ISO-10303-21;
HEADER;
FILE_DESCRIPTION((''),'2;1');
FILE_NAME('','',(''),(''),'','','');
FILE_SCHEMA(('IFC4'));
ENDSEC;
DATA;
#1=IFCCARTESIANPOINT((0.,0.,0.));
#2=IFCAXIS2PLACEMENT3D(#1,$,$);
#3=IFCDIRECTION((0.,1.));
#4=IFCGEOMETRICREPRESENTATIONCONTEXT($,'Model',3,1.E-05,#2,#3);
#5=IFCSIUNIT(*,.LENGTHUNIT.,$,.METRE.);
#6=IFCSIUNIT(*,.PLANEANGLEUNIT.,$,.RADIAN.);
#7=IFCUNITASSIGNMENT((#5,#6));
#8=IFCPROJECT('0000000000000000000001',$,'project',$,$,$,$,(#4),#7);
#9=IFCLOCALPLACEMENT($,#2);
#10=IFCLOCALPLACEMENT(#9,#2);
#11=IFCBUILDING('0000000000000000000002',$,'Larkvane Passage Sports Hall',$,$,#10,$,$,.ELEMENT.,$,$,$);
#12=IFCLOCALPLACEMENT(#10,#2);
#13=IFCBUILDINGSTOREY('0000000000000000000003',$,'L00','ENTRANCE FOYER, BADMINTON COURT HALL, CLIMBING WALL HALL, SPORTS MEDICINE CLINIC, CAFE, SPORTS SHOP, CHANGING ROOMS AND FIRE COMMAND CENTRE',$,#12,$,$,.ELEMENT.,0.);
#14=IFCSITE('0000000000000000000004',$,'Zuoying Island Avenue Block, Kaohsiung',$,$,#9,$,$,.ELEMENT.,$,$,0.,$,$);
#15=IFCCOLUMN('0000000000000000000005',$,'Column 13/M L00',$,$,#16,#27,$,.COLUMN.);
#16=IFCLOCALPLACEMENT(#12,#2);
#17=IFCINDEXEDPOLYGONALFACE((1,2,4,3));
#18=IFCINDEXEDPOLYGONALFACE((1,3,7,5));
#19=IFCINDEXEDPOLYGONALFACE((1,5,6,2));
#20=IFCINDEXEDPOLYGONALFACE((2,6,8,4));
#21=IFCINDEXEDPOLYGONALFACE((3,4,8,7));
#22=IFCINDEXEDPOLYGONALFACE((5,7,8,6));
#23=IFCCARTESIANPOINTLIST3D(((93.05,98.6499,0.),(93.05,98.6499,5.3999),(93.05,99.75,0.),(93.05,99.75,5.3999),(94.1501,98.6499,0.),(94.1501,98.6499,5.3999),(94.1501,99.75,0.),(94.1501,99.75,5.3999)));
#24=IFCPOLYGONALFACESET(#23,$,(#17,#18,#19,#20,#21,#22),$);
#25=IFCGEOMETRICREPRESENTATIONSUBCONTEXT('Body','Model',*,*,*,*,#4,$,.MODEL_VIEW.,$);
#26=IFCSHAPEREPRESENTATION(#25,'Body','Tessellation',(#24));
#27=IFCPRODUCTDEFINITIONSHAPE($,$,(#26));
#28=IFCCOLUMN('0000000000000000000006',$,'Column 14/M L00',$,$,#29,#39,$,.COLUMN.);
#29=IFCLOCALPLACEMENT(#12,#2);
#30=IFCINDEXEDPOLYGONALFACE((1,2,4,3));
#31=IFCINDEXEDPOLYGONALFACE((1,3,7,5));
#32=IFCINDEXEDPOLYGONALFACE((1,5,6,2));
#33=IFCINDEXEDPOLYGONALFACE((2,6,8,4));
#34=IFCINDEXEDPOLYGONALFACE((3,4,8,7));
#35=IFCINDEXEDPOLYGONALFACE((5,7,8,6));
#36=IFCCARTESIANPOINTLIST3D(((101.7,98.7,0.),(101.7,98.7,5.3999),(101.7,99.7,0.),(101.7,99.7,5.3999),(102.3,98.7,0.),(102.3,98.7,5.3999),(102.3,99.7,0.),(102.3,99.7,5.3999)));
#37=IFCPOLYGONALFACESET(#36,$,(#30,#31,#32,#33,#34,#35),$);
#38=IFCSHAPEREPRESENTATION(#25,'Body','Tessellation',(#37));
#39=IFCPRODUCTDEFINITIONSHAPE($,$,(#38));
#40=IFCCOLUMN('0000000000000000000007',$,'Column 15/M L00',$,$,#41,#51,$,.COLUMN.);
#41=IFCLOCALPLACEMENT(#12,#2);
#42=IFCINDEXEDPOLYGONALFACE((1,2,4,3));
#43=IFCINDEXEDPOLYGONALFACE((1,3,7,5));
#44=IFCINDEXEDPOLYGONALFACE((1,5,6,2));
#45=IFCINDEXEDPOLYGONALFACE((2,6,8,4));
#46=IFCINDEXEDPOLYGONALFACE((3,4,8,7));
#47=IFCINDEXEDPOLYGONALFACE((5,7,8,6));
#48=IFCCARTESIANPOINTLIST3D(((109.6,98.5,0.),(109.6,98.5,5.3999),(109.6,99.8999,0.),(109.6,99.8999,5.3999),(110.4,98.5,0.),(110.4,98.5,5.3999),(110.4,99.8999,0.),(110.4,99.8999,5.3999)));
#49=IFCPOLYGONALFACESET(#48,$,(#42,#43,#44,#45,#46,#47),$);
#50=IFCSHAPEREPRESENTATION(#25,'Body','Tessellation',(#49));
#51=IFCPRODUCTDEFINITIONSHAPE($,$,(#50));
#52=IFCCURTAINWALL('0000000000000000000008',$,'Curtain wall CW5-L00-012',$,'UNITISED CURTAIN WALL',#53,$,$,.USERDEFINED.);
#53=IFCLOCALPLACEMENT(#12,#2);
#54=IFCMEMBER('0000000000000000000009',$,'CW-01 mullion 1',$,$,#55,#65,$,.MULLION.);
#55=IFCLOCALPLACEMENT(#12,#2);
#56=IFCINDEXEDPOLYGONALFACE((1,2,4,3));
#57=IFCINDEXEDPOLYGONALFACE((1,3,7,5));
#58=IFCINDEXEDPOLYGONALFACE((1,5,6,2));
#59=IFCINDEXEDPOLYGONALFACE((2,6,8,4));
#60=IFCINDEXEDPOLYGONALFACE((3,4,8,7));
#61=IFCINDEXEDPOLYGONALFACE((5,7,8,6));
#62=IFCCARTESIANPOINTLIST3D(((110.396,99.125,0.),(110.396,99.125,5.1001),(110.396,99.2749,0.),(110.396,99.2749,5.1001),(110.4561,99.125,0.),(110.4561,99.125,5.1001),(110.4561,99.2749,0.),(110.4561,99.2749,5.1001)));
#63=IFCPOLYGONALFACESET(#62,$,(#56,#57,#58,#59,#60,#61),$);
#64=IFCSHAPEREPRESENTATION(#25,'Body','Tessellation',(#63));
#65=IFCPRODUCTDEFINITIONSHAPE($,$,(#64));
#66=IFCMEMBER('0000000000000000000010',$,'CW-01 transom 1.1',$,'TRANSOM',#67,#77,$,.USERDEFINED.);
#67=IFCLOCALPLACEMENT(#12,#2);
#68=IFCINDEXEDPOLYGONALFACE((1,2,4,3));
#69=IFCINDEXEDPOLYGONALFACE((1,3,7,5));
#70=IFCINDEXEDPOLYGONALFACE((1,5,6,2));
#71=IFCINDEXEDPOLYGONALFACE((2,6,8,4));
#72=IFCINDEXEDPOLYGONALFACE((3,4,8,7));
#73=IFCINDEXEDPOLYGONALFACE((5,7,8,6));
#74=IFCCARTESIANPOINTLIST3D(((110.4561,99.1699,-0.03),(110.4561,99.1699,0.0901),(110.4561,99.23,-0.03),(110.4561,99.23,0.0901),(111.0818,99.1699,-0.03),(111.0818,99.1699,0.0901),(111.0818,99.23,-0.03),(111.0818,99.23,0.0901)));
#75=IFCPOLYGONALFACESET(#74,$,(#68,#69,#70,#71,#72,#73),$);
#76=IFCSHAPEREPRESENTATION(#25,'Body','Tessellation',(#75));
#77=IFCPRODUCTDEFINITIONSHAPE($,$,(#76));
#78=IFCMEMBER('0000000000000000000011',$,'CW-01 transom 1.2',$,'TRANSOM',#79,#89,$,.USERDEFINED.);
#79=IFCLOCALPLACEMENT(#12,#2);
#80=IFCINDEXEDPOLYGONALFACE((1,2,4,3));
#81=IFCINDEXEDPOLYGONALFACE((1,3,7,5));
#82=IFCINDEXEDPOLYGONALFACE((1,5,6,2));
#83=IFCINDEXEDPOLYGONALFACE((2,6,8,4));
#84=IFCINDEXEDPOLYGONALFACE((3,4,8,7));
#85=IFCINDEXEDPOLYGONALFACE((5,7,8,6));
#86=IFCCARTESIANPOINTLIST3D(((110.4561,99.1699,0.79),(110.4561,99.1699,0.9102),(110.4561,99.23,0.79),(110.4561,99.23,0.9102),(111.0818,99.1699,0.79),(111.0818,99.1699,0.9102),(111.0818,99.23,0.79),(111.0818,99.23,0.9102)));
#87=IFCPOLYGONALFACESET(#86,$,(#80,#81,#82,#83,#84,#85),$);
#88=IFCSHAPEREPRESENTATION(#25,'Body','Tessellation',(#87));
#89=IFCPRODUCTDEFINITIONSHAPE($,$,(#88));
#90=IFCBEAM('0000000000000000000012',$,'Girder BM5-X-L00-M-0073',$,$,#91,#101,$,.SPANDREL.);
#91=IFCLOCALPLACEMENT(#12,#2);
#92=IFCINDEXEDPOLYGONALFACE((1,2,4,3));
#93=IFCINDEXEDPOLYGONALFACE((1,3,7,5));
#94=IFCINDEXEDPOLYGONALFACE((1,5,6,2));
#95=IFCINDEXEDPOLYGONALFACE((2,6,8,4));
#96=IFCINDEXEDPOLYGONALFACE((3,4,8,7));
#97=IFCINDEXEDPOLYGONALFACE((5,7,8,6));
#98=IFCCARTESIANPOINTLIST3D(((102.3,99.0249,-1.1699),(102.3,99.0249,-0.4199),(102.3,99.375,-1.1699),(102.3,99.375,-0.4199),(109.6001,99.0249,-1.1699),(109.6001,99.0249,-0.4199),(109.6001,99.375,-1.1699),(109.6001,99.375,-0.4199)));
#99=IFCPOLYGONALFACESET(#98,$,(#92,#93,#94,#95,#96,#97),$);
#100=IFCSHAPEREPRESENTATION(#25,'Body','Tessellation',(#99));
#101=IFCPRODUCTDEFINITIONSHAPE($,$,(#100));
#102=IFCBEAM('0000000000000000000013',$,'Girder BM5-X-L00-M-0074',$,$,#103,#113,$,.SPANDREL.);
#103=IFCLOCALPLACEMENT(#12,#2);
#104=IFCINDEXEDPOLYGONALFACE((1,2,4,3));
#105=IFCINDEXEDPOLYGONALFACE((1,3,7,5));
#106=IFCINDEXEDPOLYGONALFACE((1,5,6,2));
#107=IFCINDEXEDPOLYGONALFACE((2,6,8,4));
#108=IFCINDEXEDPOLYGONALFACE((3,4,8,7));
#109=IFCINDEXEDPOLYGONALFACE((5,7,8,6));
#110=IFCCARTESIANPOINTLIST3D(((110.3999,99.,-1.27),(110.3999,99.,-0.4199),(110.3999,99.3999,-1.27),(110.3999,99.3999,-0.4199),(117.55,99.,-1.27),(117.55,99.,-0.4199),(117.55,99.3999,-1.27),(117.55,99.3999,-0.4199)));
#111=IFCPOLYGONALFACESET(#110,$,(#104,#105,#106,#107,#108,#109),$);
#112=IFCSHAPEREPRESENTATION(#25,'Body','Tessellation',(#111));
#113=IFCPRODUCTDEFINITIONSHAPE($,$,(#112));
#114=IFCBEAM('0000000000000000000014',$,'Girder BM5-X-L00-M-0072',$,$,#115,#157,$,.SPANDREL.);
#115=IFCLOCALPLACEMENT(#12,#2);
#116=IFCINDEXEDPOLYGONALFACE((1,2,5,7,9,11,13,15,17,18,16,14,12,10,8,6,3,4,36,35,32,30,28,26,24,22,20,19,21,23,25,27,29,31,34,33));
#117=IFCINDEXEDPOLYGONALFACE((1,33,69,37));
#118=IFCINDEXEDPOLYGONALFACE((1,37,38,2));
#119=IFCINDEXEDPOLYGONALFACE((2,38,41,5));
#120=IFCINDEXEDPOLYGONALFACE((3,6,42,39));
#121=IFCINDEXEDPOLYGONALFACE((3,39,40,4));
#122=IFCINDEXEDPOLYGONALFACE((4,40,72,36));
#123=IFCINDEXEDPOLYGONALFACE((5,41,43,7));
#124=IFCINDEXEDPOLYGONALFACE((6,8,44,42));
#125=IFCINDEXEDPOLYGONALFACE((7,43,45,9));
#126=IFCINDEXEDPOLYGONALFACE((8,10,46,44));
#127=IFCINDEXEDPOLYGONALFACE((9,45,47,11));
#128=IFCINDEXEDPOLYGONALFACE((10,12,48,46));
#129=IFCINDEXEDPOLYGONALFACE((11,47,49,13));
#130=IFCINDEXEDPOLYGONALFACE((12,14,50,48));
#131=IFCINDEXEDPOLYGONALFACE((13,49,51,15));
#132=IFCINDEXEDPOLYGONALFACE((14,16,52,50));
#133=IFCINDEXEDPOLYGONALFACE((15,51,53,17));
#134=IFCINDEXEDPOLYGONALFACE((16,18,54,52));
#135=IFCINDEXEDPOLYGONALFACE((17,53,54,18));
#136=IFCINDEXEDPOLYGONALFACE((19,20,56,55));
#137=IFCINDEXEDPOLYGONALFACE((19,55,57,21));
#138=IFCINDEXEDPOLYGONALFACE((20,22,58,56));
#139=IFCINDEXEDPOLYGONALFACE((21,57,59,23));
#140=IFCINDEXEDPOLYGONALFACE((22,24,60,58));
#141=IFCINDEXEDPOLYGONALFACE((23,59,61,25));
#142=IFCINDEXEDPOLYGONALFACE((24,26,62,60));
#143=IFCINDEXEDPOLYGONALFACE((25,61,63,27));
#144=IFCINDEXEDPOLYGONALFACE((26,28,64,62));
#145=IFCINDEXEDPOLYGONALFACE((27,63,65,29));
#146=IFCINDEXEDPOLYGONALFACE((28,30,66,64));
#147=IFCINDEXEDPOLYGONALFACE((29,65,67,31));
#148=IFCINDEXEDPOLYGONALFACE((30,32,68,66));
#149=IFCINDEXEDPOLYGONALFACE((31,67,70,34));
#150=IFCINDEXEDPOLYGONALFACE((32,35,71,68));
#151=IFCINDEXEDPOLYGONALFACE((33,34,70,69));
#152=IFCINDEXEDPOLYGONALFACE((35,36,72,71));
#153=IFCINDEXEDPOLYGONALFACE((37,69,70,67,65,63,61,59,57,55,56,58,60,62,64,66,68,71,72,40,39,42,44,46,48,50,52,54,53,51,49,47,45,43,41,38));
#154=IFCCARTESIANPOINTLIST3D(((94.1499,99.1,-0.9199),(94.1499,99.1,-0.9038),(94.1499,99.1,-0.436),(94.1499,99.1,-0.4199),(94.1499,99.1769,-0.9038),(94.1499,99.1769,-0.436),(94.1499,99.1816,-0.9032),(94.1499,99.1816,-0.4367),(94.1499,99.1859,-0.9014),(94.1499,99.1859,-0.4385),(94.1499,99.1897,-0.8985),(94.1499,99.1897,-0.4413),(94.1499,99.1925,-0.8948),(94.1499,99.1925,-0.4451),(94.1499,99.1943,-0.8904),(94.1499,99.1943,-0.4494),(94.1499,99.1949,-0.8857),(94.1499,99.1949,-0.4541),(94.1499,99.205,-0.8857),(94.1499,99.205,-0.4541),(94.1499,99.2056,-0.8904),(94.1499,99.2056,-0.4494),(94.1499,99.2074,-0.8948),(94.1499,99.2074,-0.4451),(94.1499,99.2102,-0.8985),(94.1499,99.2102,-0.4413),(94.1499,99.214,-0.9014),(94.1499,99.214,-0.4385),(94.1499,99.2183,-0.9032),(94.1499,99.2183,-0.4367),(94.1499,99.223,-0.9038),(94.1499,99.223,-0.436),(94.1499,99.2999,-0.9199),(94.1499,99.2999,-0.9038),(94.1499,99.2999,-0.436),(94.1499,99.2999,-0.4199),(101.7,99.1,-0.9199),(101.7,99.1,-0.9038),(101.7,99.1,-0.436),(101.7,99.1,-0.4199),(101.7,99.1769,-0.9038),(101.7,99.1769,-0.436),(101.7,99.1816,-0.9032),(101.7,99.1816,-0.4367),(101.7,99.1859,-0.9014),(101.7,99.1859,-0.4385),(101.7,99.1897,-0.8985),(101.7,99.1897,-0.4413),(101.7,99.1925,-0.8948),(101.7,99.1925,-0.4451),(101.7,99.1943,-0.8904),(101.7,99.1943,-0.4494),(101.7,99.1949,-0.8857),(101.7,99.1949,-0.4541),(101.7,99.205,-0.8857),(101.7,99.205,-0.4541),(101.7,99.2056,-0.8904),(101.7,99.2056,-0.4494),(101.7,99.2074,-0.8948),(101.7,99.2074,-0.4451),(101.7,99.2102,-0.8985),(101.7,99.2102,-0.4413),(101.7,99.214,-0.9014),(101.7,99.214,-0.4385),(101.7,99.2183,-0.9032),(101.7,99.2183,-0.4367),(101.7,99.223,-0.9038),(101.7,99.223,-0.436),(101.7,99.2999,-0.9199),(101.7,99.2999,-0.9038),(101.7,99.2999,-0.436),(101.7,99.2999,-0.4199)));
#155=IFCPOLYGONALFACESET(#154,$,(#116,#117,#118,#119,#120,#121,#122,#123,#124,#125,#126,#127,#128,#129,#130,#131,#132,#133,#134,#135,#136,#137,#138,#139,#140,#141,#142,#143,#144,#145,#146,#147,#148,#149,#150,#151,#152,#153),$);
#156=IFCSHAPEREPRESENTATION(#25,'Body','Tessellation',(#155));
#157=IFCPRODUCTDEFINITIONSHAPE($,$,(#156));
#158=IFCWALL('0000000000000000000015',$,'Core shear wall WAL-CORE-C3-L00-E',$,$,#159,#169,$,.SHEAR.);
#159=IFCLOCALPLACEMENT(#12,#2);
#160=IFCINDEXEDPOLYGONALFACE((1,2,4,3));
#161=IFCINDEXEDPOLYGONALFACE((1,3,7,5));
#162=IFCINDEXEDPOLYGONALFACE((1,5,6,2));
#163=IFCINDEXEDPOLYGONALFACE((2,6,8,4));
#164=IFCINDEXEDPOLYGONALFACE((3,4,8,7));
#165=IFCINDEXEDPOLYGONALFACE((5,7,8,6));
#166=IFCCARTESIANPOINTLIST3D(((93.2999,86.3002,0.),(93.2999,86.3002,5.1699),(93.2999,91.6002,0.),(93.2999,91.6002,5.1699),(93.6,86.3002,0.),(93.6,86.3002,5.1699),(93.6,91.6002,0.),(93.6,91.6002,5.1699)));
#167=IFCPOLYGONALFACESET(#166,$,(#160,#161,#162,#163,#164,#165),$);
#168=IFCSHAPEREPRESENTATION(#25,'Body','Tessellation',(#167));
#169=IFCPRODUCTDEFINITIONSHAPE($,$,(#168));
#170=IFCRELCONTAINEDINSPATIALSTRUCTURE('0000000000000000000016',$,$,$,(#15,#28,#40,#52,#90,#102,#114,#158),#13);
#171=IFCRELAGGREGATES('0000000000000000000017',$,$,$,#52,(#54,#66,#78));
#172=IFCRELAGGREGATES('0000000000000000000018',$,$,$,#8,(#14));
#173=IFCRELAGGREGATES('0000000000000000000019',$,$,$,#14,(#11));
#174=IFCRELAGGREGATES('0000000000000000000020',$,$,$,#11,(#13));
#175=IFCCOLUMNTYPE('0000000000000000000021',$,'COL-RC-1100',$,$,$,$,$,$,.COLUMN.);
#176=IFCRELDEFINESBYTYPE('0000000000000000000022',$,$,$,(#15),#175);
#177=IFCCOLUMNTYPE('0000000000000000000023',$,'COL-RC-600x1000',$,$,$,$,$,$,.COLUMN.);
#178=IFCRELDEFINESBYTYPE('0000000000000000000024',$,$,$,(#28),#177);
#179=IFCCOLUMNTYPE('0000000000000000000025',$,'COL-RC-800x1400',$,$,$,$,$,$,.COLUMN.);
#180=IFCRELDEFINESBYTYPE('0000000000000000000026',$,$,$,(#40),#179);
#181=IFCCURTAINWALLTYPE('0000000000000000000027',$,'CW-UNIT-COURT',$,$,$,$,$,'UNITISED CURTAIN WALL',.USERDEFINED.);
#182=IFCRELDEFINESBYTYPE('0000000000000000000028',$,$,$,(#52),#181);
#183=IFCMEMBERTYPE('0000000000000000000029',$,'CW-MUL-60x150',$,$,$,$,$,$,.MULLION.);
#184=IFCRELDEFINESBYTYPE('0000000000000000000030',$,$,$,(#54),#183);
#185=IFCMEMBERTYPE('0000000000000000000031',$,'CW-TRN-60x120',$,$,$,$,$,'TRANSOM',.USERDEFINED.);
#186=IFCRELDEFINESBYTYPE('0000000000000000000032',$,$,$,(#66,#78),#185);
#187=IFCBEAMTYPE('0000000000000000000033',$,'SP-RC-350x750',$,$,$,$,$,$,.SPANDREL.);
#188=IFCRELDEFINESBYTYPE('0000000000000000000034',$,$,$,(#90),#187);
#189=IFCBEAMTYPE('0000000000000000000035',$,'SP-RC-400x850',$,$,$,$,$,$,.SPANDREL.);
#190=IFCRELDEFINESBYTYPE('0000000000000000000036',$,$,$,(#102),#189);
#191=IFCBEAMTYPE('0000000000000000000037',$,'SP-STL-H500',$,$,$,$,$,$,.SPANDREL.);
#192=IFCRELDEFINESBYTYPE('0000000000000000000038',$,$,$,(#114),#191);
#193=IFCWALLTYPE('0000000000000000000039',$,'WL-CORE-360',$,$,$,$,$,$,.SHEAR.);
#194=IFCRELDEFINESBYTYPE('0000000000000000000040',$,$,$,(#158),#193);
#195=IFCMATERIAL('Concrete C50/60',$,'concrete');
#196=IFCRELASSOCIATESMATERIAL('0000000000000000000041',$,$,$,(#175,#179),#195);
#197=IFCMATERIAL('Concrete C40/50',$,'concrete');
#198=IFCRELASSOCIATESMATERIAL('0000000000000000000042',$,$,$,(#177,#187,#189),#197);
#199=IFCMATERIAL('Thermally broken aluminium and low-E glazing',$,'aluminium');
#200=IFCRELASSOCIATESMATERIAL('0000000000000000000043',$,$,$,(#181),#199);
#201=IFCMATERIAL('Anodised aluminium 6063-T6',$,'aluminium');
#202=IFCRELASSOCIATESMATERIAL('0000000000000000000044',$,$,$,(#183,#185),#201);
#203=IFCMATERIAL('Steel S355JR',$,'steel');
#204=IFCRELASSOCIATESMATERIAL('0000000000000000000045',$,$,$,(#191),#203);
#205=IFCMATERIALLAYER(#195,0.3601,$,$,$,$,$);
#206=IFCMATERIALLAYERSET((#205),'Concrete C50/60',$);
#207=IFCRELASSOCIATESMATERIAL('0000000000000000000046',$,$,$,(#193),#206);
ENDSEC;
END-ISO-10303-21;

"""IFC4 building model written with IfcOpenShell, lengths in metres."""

from ifc_helpers import new_model, si_unit, direction, frame, frame_2d, origin, origin_2d, place, context, subcontext, project, spatial, rectangle, i_section, extrude, material, layer, layer_set, material_profile, profile_set, type_object, element, aggregate, save


model = new_model("IFC4")

# Units and contexts
model_context = context("Model", 3, precision=1e-05, world=origin(), true_north=direction((0.0, 1.0)))
body_context = subcontext(model_context, "Body", "Model", "MODEL_VIEW")
ifc_project = project(units=[si_unit("LENGTHUNIT", "METRE"), si_unit("PLANEANGLEUNIT", "RADIAN")], contexts=[model_context])

# Site, building, storey
site_placement = place(None, origin())
site = spatial("IfcSite", under=ifc_project, at=site_placement, Name="Zuoying Island Avenue Block, Kaohsiung", CompositionType="ELEMENT", RefElevation=0.0)
building_placement = place(site_placement, origin())
building = spatial("IfcBuilding", under=site, at=building_placement, Name="Larkvane Passage Sports Hall", CompositionType="ELEMENT")
storey_placement = place(building_placement, origin())
storey = spatial("IfcBuildingStorey", under=building, at=storey_placement, Name="L00", Description="ENTRANCE FOYER, BADMINTON COURT HALL, CLIMBING WALL HALL, SPORTS MEDICINE CLINIC, CAFE, SPORTS SHOP, CHANGING ROOMS AND FIRE COMMAND CENTRE", CompositionType="ELEMENT", Elevation=0.0)

# Columns
ifc_material_1 = material(Name="Concrete C50/60", Category="concrete")
ifc_material_profile_1 = material_profile(ifc_material_1, rectangle(XDim=1.1001, YDim=1.1001, at=origin_2d()), Name="RC-COL-1100x1100")
ifc_profile_set_1 = profile_set([ifc_material_profile_1], Name="Concrete C50/60")
column_type_1 = type_object("IfcColumnType", Name="COL-RC-1100", PredefinedType="COLUMN", material=ifc_profile_set_1)
column_1_placement = place(storey_placement, frame((93.6001, 99.2, 0.0), z_axis=(0.0, 0.0, 1.0), x_axis=(1.0, 0.0, 0.0)))
element("IfcColumn", 1, at=column_1_placement, inside=storey, type_object=column_type_1, Name="Column 13/M L00", PredefinedType="COLUMN", context=body_context, shape_type="SweptSolid", body=[
    extrude(rectangle(XDim=1.1001, YDim=1.1001, at=origin_2d()), origin(), (0.0, 0.0, 1.0), 5.3999),
])
ifc_material_2 = material(Name="Concrete C40/50", Category="concrete")
ifc_material_profile_2 = material_profile(ifc_material_2, rectangle(XDim=0.6001, YDim=1.0, at=origin_2d()), Name="RC-COL-600x1000")
ifc_profile_set_2 = profile_set([ifc_material_profile_2], Name="Concrete C40/50")
column_type_2 = type_object("IfcColumnType", Name="COL-RC-600x1000", PredefinedType="COLUMN", material=ifc_profile_set_2)
column_2_placement = place(storey_placement, frame((102.0, 99.2, 0.0), z_axis=(0.0, 0.0, 1.0), x_axis=(1.0, 0.0, 0.0)))
element("IfcColumn", 2, at=column_2_placement, inside=storey, type_object=column_type_2, Name="Column 14/M L00", PredefinedType="COLUMN", context=body_context, shape_type="SweptSolid", body=[
    extrude(rectangle(XDim=0.6001, YDim=1.0, at=origin_2d()), origin(), (0.0, 0.0, 1.0), 5.3999),
])
ifc_material_profile_3 = material_profile(ifc_material_1, rectangle(XDim=0.8, YDim=1.3999, at=origin_2d()), Name="RC-COL-800x1400")
ifc_profile_set_3 = profile_set([ifc_material_profile_3], Name="Concrete C50/60")
column_type_3 = type_object("IfcColumnType", Name="COL-RC-800x1400", PredefinedType="COLUMN", material=ifc_profile_set_3)
column_3_placement = place(storey_placement, frame((110.0, 99.2, 0.0), z_axis=(0.0, 0.0, 1.0), x_axis=(1.0, 0.0, 0.0)))
element("IfcColumn", 3, at=column_3_placement, inside=storey, type_object=column_type_3, Name="Column 15/M L00", PredefinedType="COLUMN", context=body_context, shape_type="SweptSolid", body=[
    extrude(rectangle(XDim=0.8, YDim=1.3999, at=origin_2d()), origin(), (0.0, 0.0, 1.0), 5.3999),
])

# Curtain wall, members
ifc_material_3 = material(Name="Thermally broken aluminium and low-E glazing", Category="aluminium")
curtain_wall_type = type_object("IfcCurtainWallType", Name="CW-UNIT-COURT", ElementType="UNITISED CURTAIN WALL", PredefinedType="USERDEFINED", material=ifc_material_3)
curtain_wall_placement = place(storey_placement, origin())
curtain_wall = element("IfcCurtainWall", 4, at=curtain_wall_placement, inside=storey, type_object=curtain_wall_type, Name="Curtain wall CW5-L00-012", ObjectType="UNITISED CURTAIN WALL", PredefinedType="USERDEFINED")
ifc_material_4 = material(Name="Anodised aluminium 6063-T6", Category="aluminium")
ifc_material_profile_4 = material_profile(ifc_material_4, rectangle(XDim=0.0601, YDim=0.1499, at=origin_2d()), Name="ALU-MUL-60x150")
ifc_profile_set_4 = profile_set([ifc_material_profile_4], Name="Anodised aluminium 6063-T6")
member_type_1 = type_object("IfcMemberType", Name="CW-MUL-60x150", PredefinedType="MULLION", material=ifc_profile_set_4)
member_1_placement = place(storey_placement, frame((110.426, 99.2, 0.0), z_axis=(0.0, 0.0, 1.0), x_axis=(1.0, 0.0, 0.0)))
member_1 = element("IfcMember", 5, at=member_1_placement, type_object=member_type_1, Name="CW-01 mullion 1", PredefinedType="MULLION", context=body_context, shape_type="SweptSolid", body=[
    extrude(rectangle(XDim=0.0601, YDim=0.1499, at=origin_2d()), origin(), (0.0, 0.0, 1.0), 5.1001),
])
ifc_material_profile_5 = material_profile(ifc_material_4, rectangle(XDim=0.0601, YDim=0.1201, at=origin_2d()), Name="ALU-TRN-60x120")
ifc_profile_set_5 = profile_set([ifc_material_profile_5], Name="Anodised aluminium 6063-T6")
member_type_2 = type_object("IfcMemberType", Name="CW-TRN-60x120", ElementType="TRANSOM", PredefinedType="USERDEFINED", material=ifc_profile_set_5)
member_2_placement = place(storey_placement, frame((110.4561, 99.2, 0.03), z_axis=(1.0, 0.0, 0.0), x_axis=(0.0, 1.0, 0.0)))
member_2 = element("IfcMember", 6, at=member_2_placement, type_object=member_type_2, Name="CW-01 transom 1.1", ObjectType="TRANSOM", PredefinedType="USERDEFINED", context=body_context, shape_type="SweptSolid", body=[
    extrude(rectangle(XDim=0.0601, YDim=0.1201, at=origin_2d()), origin(), (0.0, 0.0, 1.0), 0.6257),
])
member_3_placement = place(storey_placement, frame((110.4561, 99.2, 0.8501), z_axis=(1.0, 0.0, 0.0), x_axis=(0.0, 1.0, 0.0)))
member_3 = element("IfcMember", 7, at=member_3_placement, type_object=member_type_2, Name="CW-01 transom 1.2", ObjectType="TRANSOM", PredefinedType="USERDEFINED", context=body_context, shape_type="SweptSolid", body=[
    extrude(rectangle(XDim=0.0601, YDim=0.1201, at=origin_2d()), origin(), (0.0, 0.0, 1.0), 0.6257),
])
aggregate(curtain_wall, [member_1, member_2, member_3])

# Beams
ifc_material_profile_6 = material_profile(ifc_material_2, rectangle(XDim=0.3501, YDim=0.75, at=origin_2d()), Name="RC-SP-350x750")
ifc_profile_set_6 = profile_set([ifc_material_profile_6], Name="Concrete C40/50")
beam_type_1 = type_object("IfcBeamType", Name="SP-RC-350x750", PredefinedType="SPANDREL", material=ifc_profile_set_6)
beam_1_placement = place(storey_placement, frame((102.3, 99.2, -0.7949), z_axis=(1.0, 0.0, 0.0), x_axis=(0.0, 1.0, 0.0)))
element("IfcBeam", 8, at=beam_1_placement, inside=storey, type_object=beam_type_1, Name="Girder BM5-X-L00-M-0073", PredefinedType="SPANDREL", context=body_context, shape_type="SweptSolid", body=[
    extrude(rectangle(XDim=0.3501, YDim=0.75, at=origin_2d()), origin(), (0.0, 0.0, 1.0), 7.3),
])
ifc_material_profile_7 = material_profile(ifc_material_2, rectangle(XDim=0.3999, YDim=0.8501, at=origin_2d()), Name="RC-SP-400x850")
ifc_profile_set_7 = profile_set([ifc_material_profile_7], Name="Concrete C40/50")
beam_type_2 = type_object("IfcBeamType", Name="SP-RC-400x850", PredefinedType="SPANDREL", material=ifc_profile_set_7)
beam_2_placement = place(storey_placement, frame((110.3999, 99.2, -0.845), z_axis=(1.0, 0.0, 0.0), x_axis=(0.0, 1.0, 0.0)))
element("IfcBeam", 9, at=beam_2_placement, inside=storey, type_object=beam_type_2, Name="Girder BM5-X-L00-M-0074", PredefinedType="SPANDREL", context=body_context, shape_type="SweptSolid", body=[
    extrude(rectangle(XDim=0.3999, YDim=0.8501, at=origin_2d()), origin(), (0.0, 0.0, 1.0), 7.1501),
])
ifc_material_5 = material(Name="Steel S355JR", Category="steel")
ifc_material_profile_8 = material_profile(ifc_material_5, i_section(OverallWidth=0.2, OverallDepth=0.5, WebThickness=0.01, FlangeThickness=0.0161, FilletRadius=0.0181, at=origin_2d()), Name="H-500x200x10x16")
ifc_profile_set_8 = profile_set([ifc_material_profile_8], Name="Steel S355JR")
beam_type_3 = type_object("IfcBeamType", Name="SP-STL-H500", PredefinedType="SPANDREL", material=ifc_profile_set_8)
beam_3_placement = place(storey_placement, frame((94.1499, 99.2, -0.6699), z_axis=(1.0, 0.0, 0.0), x_axis=(0.0, 1.0, 0.0)))
element("IfcBeam", 10, at=beam_3_placement, inside=storey, type_object=beam_type_3, Name="Girder BM5-X-L00-M-0072", PredefinedType="SPANDREL", context=body_context, shape_type="SweptSolid", body=[
    extrude(i_section(OverallWidth=0.2, OverallDepth=0.5, WebThickness=0.01, FlangeThickness=0.0161, FilletRadius=0.0181, at=origin_2d()), origin(), (0.0, 0.0, 1.0), 7.55),
])

# Wall
ifc_layer_1 = layer(ifc_material_1, 0.3601)
ifc_layer_set_1 = layer_set([ifc_layer_1], Name="Concrete C50/60")
wall_type_1 = type_object("IfcWallType", Name="WL-CORE-360", PredefinedType="SHEAR", material=ifc_layer_set_1)
wall_1_placement = place(storey_placement, frame((93.45, 91.6001, 0.0), z_axis=(0.0, 0.0, 1.0), x_axis=(0.0, -1.0, 0.0)))
element("IfcWall", 11, at=wall_1_placement, inside=storey, type_object=wall_type_1, Name="Core shear wall WAL-CORE-C3-L00-E", PredefinedType="SHEAR", context=body_context, shape_type="SweptSolid", body=[
    extrude(rectangle(XDim=5.3, YDim=0.3, at=frame_2d((2.6499, 0.0))), origin(), (0.0, 0.0, 1.0), 5.1699),
])

save(model, "model.ifc")
